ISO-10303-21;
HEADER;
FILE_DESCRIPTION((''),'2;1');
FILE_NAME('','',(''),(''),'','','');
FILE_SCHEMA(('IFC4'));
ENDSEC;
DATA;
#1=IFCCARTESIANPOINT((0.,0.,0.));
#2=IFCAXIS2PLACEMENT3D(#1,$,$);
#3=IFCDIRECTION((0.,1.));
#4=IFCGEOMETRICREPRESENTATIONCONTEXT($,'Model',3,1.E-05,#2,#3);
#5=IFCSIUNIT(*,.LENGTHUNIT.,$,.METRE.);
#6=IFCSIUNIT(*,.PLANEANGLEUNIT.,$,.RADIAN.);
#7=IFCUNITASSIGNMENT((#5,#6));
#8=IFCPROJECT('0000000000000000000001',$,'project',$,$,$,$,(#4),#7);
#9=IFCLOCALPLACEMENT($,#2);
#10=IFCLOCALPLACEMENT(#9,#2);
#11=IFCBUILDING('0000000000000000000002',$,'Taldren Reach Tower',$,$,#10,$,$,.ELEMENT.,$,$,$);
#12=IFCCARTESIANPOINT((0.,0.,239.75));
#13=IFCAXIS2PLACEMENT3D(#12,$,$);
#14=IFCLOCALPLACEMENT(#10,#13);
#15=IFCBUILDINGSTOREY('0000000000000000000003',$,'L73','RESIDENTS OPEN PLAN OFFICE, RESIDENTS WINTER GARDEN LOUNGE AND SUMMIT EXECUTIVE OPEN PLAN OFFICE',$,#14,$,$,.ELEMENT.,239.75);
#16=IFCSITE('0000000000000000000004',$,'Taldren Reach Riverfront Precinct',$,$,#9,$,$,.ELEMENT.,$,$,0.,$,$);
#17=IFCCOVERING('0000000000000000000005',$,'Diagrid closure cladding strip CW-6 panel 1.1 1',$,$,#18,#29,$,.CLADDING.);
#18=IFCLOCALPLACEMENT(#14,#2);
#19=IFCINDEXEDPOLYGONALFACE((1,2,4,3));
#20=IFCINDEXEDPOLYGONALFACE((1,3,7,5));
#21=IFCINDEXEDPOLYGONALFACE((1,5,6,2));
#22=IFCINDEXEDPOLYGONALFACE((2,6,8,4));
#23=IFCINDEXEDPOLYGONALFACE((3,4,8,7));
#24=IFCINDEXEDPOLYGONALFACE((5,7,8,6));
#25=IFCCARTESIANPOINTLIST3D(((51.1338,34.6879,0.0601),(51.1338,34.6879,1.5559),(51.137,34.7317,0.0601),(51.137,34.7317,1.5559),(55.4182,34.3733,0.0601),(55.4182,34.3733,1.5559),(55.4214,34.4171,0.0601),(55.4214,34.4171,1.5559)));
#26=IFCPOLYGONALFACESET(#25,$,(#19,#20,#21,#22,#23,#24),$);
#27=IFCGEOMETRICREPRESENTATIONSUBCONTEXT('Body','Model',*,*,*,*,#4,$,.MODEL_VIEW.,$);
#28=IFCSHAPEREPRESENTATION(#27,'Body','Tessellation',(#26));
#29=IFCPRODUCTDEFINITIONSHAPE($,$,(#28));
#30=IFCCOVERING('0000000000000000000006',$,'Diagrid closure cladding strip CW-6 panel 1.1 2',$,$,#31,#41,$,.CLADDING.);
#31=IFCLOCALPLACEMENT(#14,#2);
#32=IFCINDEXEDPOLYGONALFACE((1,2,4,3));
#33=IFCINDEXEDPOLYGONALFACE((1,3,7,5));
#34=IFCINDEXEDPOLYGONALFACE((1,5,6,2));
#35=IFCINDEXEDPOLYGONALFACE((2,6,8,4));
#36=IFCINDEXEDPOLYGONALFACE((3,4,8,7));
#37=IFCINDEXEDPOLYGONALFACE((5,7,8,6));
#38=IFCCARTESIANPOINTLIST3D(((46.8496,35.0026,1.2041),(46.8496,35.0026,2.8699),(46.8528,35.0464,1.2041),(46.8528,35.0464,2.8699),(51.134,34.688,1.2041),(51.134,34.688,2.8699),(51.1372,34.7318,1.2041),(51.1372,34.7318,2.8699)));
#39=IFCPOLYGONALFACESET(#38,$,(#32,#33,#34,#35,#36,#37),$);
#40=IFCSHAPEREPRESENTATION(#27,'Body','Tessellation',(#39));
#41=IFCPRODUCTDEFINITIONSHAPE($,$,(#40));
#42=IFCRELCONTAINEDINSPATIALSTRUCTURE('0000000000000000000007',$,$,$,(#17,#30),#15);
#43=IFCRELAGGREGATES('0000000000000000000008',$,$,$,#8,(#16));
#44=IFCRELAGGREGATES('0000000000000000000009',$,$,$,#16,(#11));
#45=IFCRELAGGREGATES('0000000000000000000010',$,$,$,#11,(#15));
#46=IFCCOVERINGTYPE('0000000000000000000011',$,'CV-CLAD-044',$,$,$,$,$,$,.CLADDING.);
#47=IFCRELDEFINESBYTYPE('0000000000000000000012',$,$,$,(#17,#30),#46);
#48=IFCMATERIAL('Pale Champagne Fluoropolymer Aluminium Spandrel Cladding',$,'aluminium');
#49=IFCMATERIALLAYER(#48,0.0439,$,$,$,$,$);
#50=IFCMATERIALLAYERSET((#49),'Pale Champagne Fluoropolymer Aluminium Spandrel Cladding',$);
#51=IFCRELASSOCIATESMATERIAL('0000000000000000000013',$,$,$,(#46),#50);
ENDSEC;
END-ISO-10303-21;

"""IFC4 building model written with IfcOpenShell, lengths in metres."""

from ifc_helpers import new_model, si_unit, direction, frame, origin, origin_2d, place, context, subcontext, project, spatial, rectangle, extrude, source, transform, mapped, material, layer, layer_set, type_object, element, save


model = new_model("IFC4")

# Units and contexts
model_context = context("Model", 3, precision=1e-05, world=origin(), true_north=direction((0.0, 1.0)))
body_context = subcontext(model_context, "Body", "Model", "MODEL_VIEW")
ifc_project = project(units=[si_unit("LENGTHUNIT", "METRE"), si_unit("PLANEANGLEUNIT", "RADIAN")], contexts=[model_context])

# Site, building, storey
site_placement = place(None, origin())
site = spatial("IfcSite", under=ifc_project, at=site_placement, Name="Taldren Reach Riverfront Precinct", CompositionType="ELEMENT", RefElevation=0.0)
building_placement = place(site_placement, origin())
building = spatial("IfcBuilding", under=site, at=building_placement, Name="Taldren Reach Tower", CompositionType="ELEMENT")
storey_placement = place(building_placement, frame((0.0, 0.0, 239.75)))
storey = spatial("IfcBuildingStorey", under=building, at=storey_placement, Name="L73", Description="RESIDENTS OPEN PLAN OFFICE, RESIDENTS WINTER GARDEN LOUNGE AND SUMMIT EXECUTIVE OPEN PLAN OFFICE", CompositionType="ELEMENT", Elevation=239.75)

# Coverings
ifc_material_1 = material(Name="Pale Champagne Fluoropolymer Aluminium Spandrel Cladding", Category="aluminium")
ifc_layer_1 = layer(ifc_material_1, 0.0439)
ifc_layer_set_1 = layer_set([ifc_layer_1], Name="Pale Champagne Fluoropolymer Aluminium Spandrel Cladding")
covering_type = type_object("IfcCoveringType", Name="CV-CLAD-044", PredefinedType="CLADDING", material=ifc_layer_set_1)
shared_shape_1 = source(origin(), body_context, "Body", "SweptSolid", [
    extrude(rectangle(XDim=4.2959, YDim=0.0439, at=origin_2d()), origin(), (0.0, 0.0, 1.0), 1.4958),
])
covering_1_placement = place(storey_placement, frame((53.2776, 34.5525, 0.0601), z_axis=(0.0, 0.0, 1.0), x_axis=(-0.997314, 0.073238, 0.0)))
element("IfcCovering", 1, at=covering_1_placement, inside=storey, type_object=covering_type, Name="Diagrid closure cladding strip CW-6 panel 1.1 1", PredefinedType="CLADDING", context=body_context, shape_type="MappedRepresentation", body=[
    mapped(shared_shape_1, transform((0.0, 0.0, 0.0), scale=1.0)),
])
shared_shape_2 = source(origin(), body_context, "Body", "SweptSolid", [
    extrude(rectangle(XDim=4.2959, YDim=0.0439, at=origin_2d()), origin(), (0.0, 0.0, 1.0), 1.6658),
])
covering_2_placement = place(storey_placement, frame((48.9934, 34.8672, 1.2041), z_axis=(0.0, 0.0, 1.0), x_axis=(-0.997314, 0.073238, 0.0)))
element("IfcCovering", 2, at=covering_2_placement, inside=storey, type_object=covering_type, Name="Diagrid closure cladding strip CW-6 panel 1.1 2", PredefinedType="CLADDING", context=body_context, shape_type="MappedRepresentation", body=[
    mapped(shared_shape_2, transform((0.0, 0.0, 0.0), scale=1.0)),
])

save(model, "model.ifc")
